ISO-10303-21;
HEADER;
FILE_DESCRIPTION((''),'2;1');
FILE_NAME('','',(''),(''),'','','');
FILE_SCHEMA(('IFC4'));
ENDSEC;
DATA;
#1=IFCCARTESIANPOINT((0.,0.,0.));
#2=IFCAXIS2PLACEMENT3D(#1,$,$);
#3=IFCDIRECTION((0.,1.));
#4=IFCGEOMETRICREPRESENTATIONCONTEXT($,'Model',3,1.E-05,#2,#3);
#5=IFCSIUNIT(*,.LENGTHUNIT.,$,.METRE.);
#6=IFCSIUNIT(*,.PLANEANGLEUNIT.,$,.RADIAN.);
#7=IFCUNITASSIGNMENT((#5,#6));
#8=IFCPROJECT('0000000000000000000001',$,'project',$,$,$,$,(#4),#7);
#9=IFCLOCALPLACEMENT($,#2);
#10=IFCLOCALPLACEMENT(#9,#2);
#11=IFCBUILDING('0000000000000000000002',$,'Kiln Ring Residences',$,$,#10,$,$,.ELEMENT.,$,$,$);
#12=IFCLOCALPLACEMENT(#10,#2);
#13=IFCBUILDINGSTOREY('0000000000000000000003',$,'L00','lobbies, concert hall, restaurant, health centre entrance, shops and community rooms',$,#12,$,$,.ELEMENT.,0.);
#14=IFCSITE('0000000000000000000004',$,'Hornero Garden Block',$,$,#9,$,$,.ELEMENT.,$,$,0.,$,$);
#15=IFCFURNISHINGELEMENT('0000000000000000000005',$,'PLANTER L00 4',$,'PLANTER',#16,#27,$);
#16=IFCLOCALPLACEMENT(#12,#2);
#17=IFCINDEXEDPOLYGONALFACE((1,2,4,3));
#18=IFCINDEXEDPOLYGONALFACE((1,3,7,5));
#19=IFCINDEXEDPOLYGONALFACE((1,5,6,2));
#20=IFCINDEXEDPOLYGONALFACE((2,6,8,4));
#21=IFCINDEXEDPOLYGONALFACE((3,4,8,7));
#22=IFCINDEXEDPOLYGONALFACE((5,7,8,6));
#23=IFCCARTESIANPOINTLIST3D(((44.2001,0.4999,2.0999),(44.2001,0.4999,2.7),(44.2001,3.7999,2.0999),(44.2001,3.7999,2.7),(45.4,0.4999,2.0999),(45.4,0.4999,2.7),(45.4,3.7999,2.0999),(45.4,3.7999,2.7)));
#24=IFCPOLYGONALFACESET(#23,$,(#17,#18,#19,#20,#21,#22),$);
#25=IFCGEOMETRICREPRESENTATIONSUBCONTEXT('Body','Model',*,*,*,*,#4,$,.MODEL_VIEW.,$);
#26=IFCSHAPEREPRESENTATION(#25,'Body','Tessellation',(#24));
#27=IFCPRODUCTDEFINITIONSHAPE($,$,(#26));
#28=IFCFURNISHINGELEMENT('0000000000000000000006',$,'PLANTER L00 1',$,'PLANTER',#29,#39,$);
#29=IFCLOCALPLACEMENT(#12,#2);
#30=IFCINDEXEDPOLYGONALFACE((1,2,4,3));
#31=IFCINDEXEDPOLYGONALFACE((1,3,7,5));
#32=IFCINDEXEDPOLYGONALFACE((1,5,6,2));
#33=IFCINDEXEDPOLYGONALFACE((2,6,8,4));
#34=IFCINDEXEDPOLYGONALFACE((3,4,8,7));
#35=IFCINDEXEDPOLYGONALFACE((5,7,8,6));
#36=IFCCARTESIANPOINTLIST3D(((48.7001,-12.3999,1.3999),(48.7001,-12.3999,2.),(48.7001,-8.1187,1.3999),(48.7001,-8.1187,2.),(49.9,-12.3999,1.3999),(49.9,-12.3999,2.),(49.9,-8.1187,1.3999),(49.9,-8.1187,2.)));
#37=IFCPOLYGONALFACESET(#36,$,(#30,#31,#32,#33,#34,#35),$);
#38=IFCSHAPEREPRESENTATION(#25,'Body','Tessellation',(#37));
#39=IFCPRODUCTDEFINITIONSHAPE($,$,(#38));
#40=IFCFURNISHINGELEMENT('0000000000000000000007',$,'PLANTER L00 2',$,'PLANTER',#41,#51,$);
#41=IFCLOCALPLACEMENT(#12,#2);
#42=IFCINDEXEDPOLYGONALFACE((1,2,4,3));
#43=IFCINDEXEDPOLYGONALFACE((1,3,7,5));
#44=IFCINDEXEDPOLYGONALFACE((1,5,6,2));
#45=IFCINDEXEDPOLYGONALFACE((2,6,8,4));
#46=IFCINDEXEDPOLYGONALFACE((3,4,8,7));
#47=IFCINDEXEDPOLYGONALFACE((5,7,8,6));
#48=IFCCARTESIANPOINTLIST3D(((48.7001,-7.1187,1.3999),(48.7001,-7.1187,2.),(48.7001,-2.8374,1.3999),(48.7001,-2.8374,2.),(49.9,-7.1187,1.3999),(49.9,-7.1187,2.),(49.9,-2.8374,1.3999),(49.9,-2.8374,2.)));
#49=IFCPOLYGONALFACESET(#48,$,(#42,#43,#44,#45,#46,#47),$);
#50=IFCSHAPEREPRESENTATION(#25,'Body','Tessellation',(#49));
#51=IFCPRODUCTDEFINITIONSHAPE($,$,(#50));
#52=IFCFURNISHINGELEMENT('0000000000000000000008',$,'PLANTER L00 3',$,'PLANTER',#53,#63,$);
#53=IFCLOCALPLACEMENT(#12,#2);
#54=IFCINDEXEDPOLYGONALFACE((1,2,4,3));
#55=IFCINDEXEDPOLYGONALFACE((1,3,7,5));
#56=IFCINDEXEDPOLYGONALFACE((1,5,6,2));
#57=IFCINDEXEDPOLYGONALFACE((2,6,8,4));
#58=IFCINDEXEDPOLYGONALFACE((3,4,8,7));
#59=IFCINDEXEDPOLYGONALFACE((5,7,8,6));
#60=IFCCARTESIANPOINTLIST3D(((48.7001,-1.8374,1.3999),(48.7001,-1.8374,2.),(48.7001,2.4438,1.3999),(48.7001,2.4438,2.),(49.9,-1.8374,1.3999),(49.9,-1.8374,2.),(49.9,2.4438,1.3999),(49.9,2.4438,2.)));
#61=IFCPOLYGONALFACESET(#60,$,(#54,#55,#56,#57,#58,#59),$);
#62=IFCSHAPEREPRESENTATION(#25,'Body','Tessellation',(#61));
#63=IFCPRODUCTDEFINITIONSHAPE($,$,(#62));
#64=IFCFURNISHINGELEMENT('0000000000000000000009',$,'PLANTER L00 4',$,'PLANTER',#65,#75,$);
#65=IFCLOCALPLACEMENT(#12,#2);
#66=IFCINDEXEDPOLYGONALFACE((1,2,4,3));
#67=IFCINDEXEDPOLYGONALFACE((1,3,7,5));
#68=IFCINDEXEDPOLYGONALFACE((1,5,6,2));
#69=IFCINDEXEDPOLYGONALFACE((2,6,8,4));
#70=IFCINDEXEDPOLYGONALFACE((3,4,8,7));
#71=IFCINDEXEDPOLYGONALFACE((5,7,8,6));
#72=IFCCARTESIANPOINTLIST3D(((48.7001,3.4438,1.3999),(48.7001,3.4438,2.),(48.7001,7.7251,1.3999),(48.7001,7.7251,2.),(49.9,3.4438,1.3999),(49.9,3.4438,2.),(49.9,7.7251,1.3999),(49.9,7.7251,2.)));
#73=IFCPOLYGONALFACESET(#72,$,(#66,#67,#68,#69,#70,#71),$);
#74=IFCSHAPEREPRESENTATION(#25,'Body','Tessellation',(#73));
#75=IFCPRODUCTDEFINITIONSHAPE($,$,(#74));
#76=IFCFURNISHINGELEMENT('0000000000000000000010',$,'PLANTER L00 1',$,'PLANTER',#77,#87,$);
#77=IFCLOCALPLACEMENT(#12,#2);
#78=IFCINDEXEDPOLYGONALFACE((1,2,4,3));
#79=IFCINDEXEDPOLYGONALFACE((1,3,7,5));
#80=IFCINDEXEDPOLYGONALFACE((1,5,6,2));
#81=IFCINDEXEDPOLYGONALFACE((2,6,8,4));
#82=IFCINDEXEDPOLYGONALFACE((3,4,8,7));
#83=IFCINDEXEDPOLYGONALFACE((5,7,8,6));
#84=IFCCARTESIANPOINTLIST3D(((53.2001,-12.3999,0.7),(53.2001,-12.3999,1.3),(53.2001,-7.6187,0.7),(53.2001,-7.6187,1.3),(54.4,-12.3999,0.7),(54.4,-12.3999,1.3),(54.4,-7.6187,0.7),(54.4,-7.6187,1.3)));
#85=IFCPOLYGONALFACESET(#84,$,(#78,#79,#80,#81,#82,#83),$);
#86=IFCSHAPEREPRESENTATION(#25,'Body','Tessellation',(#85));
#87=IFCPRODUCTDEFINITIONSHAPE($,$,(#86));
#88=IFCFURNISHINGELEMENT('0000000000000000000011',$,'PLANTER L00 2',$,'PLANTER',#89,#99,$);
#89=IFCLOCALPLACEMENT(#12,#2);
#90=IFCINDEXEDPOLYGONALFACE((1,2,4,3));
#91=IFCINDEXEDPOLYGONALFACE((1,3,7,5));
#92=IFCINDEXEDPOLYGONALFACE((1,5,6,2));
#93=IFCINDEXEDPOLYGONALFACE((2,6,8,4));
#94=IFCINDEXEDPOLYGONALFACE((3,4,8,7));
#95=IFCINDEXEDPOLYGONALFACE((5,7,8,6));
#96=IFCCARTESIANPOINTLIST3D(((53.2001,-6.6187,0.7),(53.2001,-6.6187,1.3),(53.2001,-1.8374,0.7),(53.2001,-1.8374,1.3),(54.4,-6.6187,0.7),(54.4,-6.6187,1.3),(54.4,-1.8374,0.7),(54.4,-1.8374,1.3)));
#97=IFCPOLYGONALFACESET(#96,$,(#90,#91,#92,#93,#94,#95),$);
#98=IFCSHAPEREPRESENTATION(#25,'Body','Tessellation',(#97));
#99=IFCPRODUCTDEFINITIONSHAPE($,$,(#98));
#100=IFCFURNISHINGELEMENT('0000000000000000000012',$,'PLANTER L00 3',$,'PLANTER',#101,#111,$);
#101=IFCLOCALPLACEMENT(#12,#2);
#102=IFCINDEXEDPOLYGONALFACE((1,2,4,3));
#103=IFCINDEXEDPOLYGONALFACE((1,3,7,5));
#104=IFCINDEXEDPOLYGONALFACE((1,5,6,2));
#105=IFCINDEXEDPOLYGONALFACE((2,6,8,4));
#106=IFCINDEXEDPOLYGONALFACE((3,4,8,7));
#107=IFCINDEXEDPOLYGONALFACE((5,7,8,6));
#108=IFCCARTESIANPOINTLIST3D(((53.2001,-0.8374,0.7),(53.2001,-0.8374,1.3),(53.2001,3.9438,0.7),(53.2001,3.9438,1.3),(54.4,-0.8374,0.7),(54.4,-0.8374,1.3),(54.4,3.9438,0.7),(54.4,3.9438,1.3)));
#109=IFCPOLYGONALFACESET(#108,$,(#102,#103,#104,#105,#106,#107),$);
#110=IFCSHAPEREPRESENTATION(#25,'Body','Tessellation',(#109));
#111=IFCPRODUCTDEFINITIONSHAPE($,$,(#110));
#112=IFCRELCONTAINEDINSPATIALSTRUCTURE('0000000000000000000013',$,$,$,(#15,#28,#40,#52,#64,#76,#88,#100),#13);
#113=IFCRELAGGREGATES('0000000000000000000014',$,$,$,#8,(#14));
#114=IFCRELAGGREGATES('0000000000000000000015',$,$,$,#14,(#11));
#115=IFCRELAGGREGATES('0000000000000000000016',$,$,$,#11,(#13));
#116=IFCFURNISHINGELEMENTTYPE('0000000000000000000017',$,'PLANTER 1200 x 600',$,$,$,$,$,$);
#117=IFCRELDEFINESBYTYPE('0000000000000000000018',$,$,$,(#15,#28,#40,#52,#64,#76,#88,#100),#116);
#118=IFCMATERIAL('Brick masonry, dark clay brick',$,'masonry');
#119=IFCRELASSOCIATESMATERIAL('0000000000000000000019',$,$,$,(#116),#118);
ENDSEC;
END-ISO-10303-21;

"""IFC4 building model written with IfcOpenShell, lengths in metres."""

from ifc_helpers import new_model, si_unit, direction, frame, origin, origin_2d, place, context, subcontext, project, spatial, rectangle, extrude, material, type_object, element, save


model = new_model("IFC4")

# Units and contexts
model_context = context("Model", 3, precision=1e-05, world=origin(), true_north=direction((0.0, 1.0)))
body_context = subcontext(model_context, "Body", "Model", "MODEL_VIEW")
ifc_project = project(units=[si_unit("LENGTHUNIT", "METRE"), si_unit("PLANEANGLEUNIT", "RADIAN")], contexts=[model_context])

# Site, building, storey
site_placement = place(None, origin())
site = spatial("IfcSite", under=ifc_project, at=site_placement, Name="Hornero Garden Block", CompositionType="ELEMENT", RefElevation=0.0)
building_placement = place(site_placement, origin())
building = spatial("IfcBuilding", under=site, at=building_placement, Name="Kiln Ring Residences", CompositionType="ELEMENT")
storey_placement = place(building_placement, origin())
storey = spatial("IfcBuildingStorey", under=building, at=storey_placement, Name="L00", Description="lobbies, concert hall, restaurant, health centre entrance, shops and community rooms", CompositionType="ELEMENT", Elevation=0.0)

# Furnishing elements
ifc_material_1 = material(Name="Brick masonry, dark clay brick", Category="masonry")
furnishing_element_type = type_object("IfcFurnishingElementType", Name="PLANTER 1200 x 600", material=ifc_material_1)
for number, where, z_axis, x_axis, name in (
    (1, (44.8, 2.1499, 2.0999), (0.0, 0.0, 1.0), (1.0, 0.0, 0.0), "PLANTER L00 4"),
):
    element("IfcFurnishingElement", number, at=place(storey_placement, frame(where, z_axis=z_axis, x_axis=x_axis)), inside=storey, type_object=furnishing_element_type, Name=name, ObjectType="PLANTER", context=body_context, shape_type="SweptSolid", body=[
        extrude(rectangle(XDim=1.2, YDim=3.3, at=origin_2d()), origin(), (0.0, 0.0, 1.0), 0.6001),
    ])
for number, where, z_axis, x_axis, name in (
    (2, (49.3, -10.2593, 1.3999), (0.0, 0.0, 1.0), (1.0, 0.0, 0.0), "PLANTER L00 1"),
    (3, (49.3, -4.978, 1.3999), (0.0, 0.0, 1.0), (1.0, 0.0, 0.0), "PLANTER L00 2"),
    (4, (49.3, 0.3032, 1.3999), (0.0, 0.0, 1.0), (1.0, 0.0, 0.0), "PLANTER L00 3"),
    (5, (49.3, 5.5845, 1.3999), (0.0, 0.0, 1.0), (1.0, 0.0, 0.0), "PLANTER L00 4"),
):
    element("IfcFurnishingElement", number, at=place(storey_placement, frame(where, z_axis=z_axis, x_axis=x_axis)), inside=storey, type_object=furnishing_element_type, Name=name, ObjectType="PLANTER", context=body_context, shape_type="SweptSolid", body=[
        extrude(rectangle(XDim=1.2, YDim=4.2812, at=origin_2d()), origin(), (0.0, 0.0, 1.0), 0.6001),
    ])
for number, where, z_axis, x_axis, name in (
    (6, (53.8, -10.0093, 0.7), (0.0, 0.0, 1.0), (1.0, 0.0, 0.0), "PLANTER L00 1"),
    (7, (53.8, -4.228, 0.7), (0.0, 0.0, 1.0), (1.0, 0.0, 0.0), "PLANTER L00 2"),
    (8, (53.8, 1.5532, 0.7), (0.0, 0.0, 1.0), (1.0, 0.0, 0.0), "PLANTER L00 3"),
):
    element("IfcFurnishingElement", number, at=place(storey_placement, frame(where, z_axis=z_axis, x_axis=x_axis)), inside=storey, type_object=furnishing_element_type, Name=name, ObjectType="PLANTER", context=body_context, shape_type="SweptSolid", body=[
        extrude(rectangle(XDim=1.2, YDim=4.7812, at=origin_2d()), origin(), (0.0, 0.0, 1.0), 0.6001),
    ])

save(model, "model.ifc")
